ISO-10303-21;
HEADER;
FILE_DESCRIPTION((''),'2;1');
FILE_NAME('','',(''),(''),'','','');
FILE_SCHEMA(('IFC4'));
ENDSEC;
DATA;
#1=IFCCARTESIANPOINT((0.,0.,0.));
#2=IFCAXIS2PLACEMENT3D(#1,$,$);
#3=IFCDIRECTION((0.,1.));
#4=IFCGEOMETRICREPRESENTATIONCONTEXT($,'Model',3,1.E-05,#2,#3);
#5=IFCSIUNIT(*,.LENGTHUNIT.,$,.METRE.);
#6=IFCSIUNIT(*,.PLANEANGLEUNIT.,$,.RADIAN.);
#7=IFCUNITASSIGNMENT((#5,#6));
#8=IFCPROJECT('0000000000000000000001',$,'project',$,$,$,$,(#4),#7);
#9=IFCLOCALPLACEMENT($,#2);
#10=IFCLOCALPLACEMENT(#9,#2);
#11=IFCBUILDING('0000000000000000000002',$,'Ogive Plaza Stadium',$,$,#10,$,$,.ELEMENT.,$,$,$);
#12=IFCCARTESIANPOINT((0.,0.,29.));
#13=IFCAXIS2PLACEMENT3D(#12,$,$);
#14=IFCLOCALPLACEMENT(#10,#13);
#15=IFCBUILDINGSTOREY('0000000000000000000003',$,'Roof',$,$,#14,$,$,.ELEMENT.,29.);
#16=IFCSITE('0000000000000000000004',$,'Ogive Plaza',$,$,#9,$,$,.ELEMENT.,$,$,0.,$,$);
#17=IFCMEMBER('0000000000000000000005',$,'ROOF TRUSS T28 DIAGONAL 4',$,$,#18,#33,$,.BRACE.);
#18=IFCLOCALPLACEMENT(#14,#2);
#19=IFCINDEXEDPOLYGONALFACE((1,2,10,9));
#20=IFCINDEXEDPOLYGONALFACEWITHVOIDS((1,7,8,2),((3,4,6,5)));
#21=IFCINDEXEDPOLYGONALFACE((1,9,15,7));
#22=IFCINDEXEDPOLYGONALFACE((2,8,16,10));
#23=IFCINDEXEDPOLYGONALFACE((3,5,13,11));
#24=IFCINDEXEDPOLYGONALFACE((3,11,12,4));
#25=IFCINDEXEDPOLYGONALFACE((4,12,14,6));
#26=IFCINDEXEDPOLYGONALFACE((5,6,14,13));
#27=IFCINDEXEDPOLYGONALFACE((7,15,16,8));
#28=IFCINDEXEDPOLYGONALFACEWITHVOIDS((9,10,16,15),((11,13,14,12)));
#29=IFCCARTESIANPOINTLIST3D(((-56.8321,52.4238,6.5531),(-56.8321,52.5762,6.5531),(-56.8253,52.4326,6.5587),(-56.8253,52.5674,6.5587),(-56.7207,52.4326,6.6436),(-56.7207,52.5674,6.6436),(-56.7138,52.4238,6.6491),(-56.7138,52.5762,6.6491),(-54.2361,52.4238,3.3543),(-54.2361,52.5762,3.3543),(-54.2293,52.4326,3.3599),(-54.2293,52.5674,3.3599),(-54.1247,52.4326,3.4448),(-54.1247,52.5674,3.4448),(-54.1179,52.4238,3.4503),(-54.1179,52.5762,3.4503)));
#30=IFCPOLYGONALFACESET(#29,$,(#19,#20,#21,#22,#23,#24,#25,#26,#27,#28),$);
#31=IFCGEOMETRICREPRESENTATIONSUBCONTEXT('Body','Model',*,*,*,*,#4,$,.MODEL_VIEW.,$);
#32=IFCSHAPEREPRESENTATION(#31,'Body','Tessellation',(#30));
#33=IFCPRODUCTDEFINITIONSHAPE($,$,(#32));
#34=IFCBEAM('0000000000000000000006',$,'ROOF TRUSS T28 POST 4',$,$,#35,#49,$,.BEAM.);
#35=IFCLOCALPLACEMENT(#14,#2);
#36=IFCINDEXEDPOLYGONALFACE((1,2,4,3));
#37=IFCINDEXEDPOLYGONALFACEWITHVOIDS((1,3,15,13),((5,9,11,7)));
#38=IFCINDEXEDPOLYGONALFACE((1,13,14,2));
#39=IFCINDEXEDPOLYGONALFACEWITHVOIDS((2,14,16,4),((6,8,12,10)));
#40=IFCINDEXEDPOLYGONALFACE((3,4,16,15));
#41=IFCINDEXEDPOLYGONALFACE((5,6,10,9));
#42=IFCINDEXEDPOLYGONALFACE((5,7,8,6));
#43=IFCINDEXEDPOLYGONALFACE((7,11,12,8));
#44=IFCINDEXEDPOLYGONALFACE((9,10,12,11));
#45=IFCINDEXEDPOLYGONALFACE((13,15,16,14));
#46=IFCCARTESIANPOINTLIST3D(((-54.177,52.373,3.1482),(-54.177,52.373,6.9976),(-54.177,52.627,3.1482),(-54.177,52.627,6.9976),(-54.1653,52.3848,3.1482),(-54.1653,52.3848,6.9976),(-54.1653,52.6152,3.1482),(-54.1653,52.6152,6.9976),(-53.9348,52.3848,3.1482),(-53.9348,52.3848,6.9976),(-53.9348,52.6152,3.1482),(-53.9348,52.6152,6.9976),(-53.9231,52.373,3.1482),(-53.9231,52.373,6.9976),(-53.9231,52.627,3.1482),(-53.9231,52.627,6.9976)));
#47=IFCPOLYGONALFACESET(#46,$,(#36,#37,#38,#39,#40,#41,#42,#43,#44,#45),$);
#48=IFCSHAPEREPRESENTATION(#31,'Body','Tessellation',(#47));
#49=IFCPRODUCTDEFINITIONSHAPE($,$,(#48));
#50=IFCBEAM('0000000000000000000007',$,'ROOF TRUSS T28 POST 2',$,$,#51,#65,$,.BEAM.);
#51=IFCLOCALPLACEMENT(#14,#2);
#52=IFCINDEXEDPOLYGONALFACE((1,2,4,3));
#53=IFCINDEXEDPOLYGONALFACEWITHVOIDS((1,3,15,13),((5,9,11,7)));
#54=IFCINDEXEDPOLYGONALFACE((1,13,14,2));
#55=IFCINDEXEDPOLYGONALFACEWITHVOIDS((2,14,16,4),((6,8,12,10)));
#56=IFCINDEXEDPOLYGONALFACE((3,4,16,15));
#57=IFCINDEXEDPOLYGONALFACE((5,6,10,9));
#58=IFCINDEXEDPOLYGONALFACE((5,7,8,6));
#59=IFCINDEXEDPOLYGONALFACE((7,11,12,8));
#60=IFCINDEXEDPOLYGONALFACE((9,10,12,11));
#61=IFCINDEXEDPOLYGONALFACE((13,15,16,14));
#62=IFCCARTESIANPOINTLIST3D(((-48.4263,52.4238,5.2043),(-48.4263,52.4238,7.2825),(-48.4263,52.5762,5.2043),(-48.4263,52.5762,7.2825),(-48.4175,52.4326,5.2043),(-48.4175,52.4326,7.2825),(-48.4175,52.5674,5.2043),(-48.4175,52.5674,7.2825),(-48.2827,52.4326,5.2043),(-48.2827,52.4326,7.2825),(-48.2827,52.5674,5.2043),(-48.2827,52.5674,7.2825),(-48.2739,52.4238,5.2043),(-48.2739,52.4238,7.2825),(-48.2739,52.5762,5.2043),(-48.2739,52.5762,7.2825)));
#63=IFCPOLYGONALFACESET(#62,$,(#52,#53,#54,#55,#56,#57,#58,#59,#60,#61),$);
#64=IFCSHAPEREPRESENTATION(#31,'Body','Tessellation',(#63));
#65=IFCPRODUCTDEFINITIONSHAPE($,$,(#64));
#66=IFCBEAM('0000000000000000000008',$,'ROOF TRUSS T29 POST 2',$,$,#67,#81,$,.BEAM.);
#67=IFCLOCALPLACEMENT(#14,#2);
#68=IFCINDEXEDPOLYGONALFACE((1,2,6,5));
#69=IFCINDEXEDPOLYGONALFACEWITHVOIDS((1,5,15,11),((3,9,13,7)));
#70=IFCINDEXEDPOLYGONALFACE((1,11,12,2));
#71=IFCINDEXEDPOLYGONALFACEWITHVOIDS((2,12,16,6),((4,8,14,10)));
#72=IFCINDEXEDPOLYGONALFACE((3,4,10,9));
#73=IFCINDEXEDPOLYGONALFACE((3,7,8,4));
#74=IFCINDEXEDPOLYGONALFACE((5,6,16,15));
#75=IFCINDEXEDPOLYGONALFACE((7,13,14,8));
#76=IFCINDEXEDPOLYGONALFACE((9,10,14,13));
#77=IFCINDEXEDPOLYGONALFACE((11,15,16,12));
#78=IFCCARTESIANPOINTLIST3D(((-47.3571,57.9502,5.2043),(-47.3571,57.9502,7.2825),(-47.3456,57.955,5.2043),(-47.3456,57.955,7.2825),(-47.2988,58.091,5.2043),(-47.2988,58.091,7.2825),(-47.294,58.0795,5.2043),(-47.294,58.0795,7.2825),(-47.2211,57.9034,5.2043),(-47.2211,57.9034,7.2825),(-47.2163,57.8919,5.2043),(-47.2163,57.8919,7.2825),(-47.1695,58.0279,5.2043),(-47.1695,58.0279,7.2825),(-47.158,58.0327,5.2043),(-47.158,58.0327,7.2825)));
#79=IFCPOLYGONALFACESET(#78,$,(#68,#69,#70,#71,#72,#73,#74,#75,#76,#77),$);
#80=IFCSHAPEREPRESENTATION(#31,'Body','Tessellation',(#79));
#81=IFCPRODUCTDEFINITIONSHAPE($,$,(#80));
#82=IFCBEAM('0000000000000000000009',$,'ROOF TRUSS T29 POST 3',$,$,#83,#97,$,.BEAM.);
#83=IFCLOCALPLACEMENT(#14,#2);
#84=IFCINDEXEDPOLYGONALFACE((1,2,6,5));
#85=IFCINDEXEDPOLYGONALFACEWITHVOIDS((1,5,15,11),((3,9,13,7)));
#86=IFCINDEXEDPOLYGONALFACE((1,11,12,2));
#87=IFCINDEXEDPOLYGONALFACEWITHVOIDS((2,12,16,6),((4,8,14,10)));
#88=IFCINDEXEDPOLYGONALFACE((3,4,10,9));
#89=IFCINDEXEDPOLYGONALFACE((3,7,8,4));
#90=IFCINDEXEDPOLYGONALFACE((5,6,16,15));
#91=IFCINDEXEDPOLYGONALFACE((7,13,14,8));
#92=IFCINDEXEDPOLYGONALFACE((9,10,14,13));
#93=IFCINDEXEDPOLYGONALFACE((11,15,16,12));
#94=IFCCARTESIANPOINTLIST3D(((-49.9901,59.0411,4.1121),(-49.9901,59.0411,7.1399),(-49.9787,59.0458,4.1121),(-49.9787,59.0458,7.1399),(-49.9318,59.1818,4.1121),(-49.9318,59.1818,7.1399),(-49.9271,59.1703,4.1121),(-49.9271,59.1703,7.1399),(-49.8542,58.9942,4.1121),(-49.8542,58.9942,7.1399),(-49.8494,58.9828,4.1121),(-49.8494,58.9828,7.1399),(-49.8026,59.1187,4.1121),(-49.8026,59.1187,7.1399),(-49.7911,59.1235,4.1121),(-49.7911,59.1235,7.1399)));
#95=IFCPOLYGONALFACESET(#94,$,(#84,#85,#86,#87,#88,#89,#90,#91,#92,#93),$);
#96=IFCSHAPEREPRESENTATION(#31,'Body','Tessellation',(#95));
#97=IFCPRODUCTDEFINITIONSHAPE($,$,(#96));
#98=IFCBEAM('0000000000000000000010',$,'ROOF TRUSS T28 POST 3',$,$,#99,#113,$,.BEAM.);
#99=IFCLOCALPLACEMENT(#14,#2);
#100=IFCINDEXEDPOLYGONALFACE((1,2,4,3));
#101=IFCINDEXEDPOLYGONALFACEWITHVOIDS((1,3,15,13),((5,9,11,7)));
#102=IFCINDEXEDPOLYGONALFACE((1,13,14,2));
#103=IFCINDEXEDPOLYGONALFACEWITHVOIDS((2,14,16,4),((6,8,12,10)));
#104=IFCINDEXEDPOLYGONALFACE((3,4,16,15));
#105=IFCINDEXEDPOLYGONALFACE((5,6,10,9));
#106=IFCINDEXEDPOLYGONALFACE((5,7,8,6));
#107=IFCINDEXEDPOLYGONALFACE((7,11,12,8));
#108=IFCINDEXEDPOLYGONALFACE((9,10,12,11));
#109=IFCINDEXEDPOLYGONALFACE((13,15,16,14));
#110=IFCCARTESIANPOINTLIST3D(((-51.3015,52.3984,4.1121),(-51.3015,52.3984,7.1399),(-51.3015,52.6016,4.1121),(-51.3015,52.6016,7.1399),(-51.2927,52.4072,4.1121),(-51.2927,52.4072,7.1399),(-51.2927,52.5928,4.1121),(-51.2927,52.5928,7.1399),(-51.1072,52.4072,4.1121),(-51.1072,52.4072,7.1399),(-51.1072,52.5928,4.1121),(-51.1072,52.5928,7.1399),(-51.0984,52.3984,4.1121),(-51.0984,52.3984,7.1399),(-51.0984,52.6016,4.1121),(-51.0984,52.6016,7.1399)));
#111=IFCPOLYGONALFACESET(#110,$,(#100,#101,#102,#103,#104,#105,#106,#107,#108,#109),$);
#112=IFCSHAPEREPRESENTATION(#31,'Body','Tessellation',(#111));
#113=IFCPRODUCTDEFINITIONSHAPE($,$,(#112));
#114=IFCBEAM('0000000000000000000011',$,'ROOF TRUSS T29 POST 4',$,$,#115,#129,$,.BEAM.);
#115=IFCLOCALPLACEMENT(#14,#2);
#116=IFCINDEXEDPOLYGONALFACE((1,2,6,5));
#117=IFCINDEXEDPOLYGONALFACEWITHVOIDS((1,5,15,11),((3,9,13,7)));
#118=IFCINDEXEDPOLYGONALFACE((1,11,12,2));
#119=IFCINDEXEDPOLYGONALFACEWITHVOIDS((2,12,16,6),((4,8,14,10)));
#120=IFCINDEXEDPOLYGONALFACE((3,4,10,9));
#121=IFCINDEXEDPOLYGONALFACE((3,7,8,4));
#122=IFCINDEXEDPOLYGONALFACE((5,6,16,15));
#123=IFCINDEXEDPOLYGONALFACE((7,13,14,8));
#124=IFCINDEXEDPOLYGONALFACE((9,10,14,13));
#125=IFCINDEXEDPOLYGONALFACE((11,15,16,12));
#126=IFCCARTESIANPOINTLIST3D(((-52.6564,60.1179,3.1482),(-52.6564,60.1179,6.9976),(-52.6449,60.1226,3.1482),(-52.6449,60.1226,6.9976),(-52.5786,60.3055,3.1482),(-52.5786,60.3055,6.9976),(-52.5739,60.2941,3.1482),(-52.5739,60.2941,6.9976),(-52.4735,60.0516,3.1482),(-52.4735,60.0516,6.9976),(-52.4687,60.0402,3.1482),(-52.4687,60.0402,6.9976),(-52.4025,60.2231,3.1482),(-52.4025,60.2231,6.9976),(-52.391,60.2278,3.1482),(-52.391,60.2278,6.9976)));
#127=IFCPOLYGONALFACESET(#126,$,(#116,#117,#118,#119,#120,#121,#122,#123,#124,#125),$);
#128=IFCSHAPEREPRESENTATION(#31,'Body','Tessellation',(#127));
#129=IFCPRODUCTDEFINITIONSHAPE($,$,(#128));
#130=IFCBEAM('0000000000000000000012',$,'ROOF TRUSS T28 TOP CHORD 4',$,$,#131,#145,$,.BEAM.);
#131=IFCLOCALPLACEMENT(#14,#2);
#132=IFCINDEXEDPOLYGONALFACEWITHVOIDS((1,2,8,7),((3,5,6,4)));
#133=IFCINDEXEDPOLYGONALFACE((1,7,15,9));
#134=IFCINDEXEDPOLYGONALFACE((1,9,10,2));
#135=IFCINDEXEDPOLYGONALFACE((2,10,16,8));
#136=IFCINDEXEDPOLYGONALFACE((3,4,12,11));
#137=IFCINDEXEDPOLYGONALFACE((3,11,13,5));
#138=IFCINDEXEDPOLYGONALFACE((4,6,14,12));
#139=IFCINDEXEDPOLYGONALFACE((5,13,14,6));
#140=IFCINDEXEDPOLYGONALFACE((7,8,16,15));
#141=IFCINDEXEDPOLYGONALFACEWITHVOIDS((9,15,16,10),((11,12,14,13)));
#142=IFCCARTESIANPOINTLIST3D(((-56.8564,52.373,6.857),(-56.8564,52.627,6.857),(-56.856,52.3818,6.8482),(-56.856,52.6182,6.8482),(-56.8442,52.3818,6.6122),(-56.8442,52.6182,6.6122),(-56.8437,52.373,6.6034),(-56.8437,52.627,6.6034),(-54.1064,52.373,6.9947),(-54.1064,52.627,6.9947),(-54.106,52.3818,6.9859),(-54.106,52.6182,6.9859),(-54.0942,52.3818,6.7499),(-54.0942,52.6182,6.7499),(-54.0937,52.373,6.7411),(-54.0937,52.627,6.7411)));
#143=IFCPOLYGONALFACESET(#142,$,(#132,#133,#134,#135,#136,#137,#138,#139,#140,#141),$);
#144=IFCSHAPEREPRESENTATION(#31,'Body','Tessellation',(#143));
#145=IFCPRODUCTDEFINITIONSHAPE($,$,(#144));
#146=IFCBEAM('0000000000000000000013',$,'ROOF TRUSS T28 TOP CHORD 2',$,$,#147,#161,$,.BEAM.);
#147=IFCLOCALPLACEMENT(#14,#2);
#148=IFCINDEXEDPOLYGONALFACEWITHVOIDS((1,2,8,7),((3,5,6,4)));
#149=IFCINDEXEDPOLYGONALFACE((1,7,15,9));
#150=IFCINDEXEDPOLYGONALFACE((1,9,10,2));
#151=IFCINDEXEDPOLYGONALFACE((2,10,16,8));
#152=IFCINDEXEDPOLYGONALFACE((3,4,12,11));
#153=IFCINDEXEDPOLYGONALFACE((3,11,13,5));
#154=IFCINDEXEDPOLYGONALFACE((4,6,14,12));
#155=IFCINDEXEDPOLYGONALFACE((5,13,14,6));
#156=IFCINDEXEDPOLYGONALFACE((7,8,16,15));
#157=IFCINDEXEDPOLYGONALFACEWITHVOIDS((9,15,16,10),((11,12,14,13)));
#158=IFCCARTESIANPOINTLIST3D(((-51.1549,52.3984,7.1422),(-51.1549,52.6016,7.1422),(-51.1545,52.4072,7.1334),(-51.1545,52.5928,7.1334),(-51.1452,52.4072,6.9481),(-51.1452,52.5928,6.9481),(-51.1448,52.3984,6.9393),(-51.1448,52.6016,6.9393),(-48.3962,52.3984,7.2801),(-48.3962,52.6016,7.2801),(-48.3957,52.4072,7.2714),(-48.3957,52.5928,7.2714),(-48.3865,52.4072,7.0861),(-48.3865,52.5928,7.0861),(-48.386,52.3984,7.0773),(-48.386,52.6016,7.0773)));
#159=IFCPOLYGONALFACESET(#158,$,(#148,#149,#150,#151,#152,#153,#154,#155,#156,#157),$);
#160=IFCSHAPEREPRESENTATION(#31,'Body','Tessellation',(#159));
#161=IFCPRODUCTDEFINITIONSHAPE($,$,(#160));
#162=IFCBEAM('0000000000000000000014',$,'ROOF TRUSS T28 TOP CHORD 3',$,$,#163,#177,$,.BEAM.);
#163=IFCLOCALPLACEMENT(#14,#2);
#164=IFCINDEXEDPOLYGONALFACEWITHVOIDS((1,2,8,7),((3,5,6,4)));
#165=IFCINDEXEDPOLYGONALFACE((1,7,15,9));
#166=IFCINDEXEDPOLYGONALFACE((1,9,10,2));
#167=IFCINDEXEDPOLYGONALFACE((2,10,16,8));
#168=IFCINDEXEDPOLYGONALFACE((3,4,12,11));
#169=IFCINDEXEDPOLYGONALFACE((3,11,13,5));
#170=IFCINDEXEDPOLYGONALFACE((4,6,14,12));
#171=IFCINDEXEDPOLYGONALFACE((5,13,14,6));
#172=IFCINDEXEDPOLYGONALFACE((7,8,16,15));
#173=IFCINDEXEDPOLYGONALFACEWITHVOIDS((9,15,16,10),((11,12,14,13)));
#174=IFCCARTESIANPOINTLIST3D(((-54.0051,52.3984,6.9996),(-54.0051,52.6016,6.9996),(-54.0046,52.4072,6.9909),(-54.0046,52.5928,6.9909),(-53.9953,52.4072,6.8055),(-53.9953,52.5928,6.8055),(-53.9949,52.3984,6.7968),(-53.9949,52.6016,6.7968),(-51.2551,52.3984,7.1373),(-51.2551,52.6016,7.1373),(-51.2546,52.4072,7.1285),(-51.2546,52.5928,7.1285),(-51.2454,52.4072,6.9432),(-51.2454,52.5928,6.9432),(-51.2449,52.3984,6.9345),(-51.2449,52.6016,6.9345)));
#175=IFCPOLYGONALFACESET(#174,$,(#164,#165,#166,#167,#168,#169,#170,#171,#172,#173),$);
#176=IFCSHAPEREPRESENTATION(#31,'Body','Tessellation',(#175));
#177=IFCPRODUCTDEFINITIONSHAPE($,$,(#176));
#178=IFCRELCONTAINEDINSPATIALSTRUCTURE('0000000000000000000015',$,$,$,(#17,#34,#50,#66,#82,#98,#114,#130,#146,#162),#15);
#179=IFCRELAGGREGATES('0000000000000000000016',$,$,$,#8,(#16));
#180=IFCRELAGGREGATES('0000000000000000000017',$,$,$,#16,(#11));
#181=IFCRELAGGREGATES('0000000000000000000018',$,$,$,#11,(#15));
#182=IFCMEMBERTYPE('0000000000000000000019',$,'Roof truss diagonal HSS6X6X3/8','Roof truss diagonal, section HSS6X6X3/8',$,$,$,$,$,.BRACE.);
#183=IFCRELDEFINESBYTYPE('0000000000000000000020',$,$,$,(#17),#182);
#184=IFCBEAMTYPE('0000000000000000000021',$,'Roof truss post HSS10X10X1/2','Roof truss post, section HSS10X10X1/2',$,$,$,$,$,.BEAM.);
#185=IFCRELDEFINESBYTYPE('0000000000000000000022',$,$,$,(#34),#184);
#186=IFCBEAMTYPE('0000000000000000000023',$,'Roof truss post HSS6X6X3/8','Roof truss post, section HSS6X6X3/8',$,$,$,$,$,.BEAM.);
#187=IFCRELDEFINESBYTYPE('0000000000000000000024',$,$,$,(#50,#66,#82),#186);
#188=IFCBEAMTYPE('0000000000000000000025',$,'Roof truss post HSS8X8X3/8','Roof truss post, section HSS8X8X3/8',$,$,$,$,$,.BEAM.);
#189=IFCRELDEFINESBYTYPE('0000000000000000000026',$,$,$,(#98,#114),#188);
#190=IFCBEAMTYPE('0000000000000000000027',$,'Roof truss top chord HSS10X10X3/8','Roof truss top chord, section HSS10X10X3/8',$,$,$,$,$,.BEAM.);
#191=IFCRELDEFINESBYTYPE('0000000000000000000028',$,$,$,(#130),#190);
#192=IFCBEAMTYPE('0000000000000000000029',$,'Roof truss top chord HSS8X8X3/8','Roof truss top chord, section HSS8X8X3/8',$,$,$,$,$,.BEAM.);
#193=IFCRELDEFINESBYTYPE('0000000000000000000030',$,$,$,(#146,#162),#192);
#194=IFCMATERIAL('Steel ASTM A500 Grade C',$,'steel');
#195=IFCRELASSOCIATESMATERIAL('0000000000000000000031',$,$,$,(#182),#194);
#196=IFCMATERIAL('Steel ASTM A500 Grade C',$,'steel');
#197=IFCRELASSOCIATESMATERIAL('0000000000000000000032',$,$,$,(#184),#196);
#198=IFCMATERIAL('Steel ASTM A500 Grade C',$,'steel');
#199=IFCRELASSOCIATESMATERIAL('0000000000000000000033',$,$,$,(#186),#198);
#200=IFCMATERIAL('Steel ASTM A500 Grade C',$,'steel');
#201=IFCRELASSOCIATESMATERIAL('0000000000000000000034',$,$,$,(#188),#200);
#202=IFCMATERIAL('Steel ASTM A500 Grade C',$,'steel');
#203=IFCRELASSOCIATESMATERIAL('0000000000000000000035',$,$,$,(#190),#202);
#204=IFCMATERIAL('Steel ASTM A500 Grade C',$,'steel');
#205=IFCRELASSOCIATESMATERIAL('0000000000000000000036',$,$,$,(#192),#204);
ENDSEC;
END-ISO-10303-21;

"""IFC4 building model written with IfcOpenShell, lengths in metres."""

from ifc_helpers import new_model, si_unit, direction, frame, origin, origin_2d, place, context, subcontext, project, spatial, hollow_rectangle, extrude, material, material_profile, profile_set, type_object, element, save


model = new_model("IFC4")

# Units and contexts
model_context = context("Model", 3, precision=1e-05, world=origin(), true_north=direction((0.0, 1.0)))
body_context = subcontext(model_context, "Body", "Model", "MODEL_VIEW")
ifc_project = project(units=[si_unit("LENGTHUNIT", "METRE"), si_unit("PLANEANGLEUNIT", "RADIAN")], contexts=[model_context])

# Site, building, storey
site_placement = place(None, origin())
site = spatial("IfcSite", under=ifc_project, at=site_placement, Name="Ogive Plaza", CompositionType="ELEMENT", RefElevation=0.0)
building_placement = place(site_placement, origin())
building = spatial("IfcBuilding", under=site, at=building_placement, Name="Ogive Plaza Stadium", CompositionType="ELEMENT")
storey_placement = place(building_placement, frame((0.0, 0.0, 29.0)))
storey = spatial("IfcBuildingStorey", under=building, at=storey_placement, Name="Roof", CompositionType="ELEMENT", Elevation=29.0)

# Member
ifc_material_1 = material(Name="Steel ASTM A500 Grade C", Category="steel")
ifc_material_profile_1 = material_profile(ifc_material_1, hollow_rectangle(XDim=0.1523, YDim=0.1523, WallThickness=0.0088, at=origin_2d()), Name="HSS6X6X3/8")
ifc_profile_set_1 = profile_set([ifc_material_profile_1], Name="Steel ASTM A500 Grade C")
member_type_1 = type_object("IfcMemberType", Name="Roof truss diagonal HSS6X6X3/8", Description="Roof truss diagonal, section HSS6X6X3/8", PredefinedType="BRACE", material=ifc_profile_set_1)
member_1_placement = place(storey_placement, frame((-54.177, 52.5, 3.4023), z_axis=(-0.630151, 0.0, 0.776473), x_axis=(0.0, -1.0, 0.0)))
element("IfcMember", 1, at=member_1_placement, inside=storey, type_object=member_type_1, Name="ROOF TRUSS T28 DIAGONAL 4", PredefinedType="BRACE", context=body_context, shape_type="SweptSolid", body=[
    extrude(hollow_rectangle(XDim=0.1523, YDim=0.1523, WallThickness=0.0088, at=origin_2d()), origin(), (0.0, 0.0, 1.0), 4.1196),
])

# Beams
ifc_material_2 = material(Name="Steel ASTM A500 Grade C", Category="steel")
ifc_material_profile_2 = material_profile(ifc_material_2, hollow_rectangle(XDim=0.2539, YDim=0.2539, WallThickness=0.0117, at=origin_2d()), Name="HSS10X10X1/2")
ifc_profile_set_2 = profile_set([ifc_material_profile_2], Name="Steel ASTM A500 Grade C")
beam_type_1 = type_object("IfcBeamType", Name="Roof truss post HSS10X10X1/2", Description="Roof truss post, section HSS10X10X1/2", PredefinedType="BEAM", material=ifc_profile_set_2)
beam_1_placement = place(storey_placement, frame((-54.05, 52.5, 3.1482), z_axis=(0.0, 0.0, 1.0), x_axis=(0.0, -1.0, 0.0)))
element("IfcBeam", 2, at=beam_1_placement, inside=storey, type_object=beam_type_1, Name="ROOF TRUSS T28 POST 4", PredefinedType="BEAM", context=body_context, shape_type="SweptSolid", body=[
    extrude(hollow_rectangle(XDim=0.2539, YDim=0.2539, WallThickness=0.0117, at=origin_2d()), origin(), (0.0, 0.0, 1.0), 3.8494),
])
ifc_material_3 = material(Name="Steel ASTM A500 Grade C", Category="steel")
ifc_material_profile_3 = material_profile(ifc_material_3, hollow_rectangle(XDim=0.1523, YDim=0.1523, WallThickness=0.0088, at=origin_2d()), Name="HSS6X6X3/8")
ifc_profile_set_3 = profile_set([ifc_material_profile_3], Name="Steel ASTM A500 Grade C")
beam_type_2 = type_object("IfcBeamType", Name="Roof truss post HSS6X6X3/8", Description="Roof truss post, section HSS6X6X3/8", PredefinedType="BEAM", material=ifc_profile_set_3)
for number, where, z_axis, x_axis, name in (
    (3, (-48.3501, 52.5, 5.2043), (0.0, 0.0, 1.0), (0.0, -1.0, 0.0), "ROOF TRUSS T28 POST 2"),
    (4, (-47.2576, 57.9915, 5.2043), (0.0, 0.0, 1.0), (-0.382683, -0.92388, 0.0), "ROOF TRUSS T29 POST 2"),
):
    element("IfcBeam", number, at=place(storey_placement, frame(where, z_axis=z_axis, x_axis=x_axis)), inside=storey, type_object=beam_type_2, Name=name, PredefinedType="BEAM", context=body_context, shape_type="SweptSolid", body=[
        extrude(hollow_rectangle(XDim=0.1523, YDim=0.1523, WallThickness=0.0088, at=origin_2d()), origin(), (0.0, 0.0, 1.0), 2.0781),
    ])
beam_2_placement = place(storey_placement, frame((-49.8906, 59.0823, 4.1121), z_axis=(0.0, 0.0, 1.0), x_axis=(-0.382683, -0.92388, 0.0)))
element("IfcBeam", 5, at=beam_2_placement, inside=storey, type_object=beam_type_2, Name="ROOF TRUSS T29 POST 3", PredefinedType="BEAM", context=body_context, shape_type="SweptSolid", body=[
    extrude(hollow_rectangle(XDim=0.1523, YDim=0.1523, WallThickness=0.0088, at=origin_2d()), origin(), (0.0, 0.0, 1.0), 3.0278),
])
ifc_material_4 = material(Name="Steel ASTM A500 Grade C", Category="steel")
ifc_material_profile_4 = material_profile(ifc_material_4, hollow_rectangle(XDim=0.2031, YDim=0.2031, WallThickness=0.0088, at=origin_2d()), Name="HSS8X8X3/8")
ifc_profile_set_4 = profile_set([ifc_material_profile_4], Name="Steel ASTM A500 Grade C")
beam_type_3 = type_object("IfcBeamType", Name="Roof truss post HSS8X8X3/8", Description="Roof truss post, section HSS8X8X3/8", PredefinedType="BEAM", material=ifc_profile_set_4)
beam_3_placement = place(storey_placement, frame((-51.2, 52.5, 4.1121), z_axis=(0.0, 0.0, 1.0), x_axis=(0.0, -1.0, 0.0)))
element("IfcBeam", 6, at=beam_3_placement, inside=storey, type_object=beam_type_3, Name="ROOF TRUSS T28 POST 3", PredefinedType="BEAM", context=body_context, shape_type="SweptSolid", body=[
    extrude(hollow_rectangle(XDim=0.2031, YDim=0.2031, WallThickness=0.0088, at=origin_2d()), origin(), (0.0, 0.0, 1.0), 3.0278),
])
beam_4_placement = place(storey_placement, frame((-52.5237, 60.1729, 3.1482), z_axis=(0.0, 0.0, 1.0), x_axis=(-0.382683, -0.92388, 0.0)))
element("IfcBeam", 7, at=beam_4_placement, inside=storey, type_object=beam_type_3, Name="ROOF TRUSS T29 POST 4", PredefinedType="BEAM", context=body_context, shape_type="SweptSolid", body=[
    extrude(hollow_rectangle(XDim=0.2031, YDim=0.2031, WallThickness=0.0088, at=origin_2d()), origin(), (0.0, 0.0, 1.0), 3.8494),
])
ifc_material_5 = material(Name="Steel ASTM A500 Grade C", Category="steel")
ifc_material_profile_5 = material_profile(ifc_material_5, hollow_rectangle(XDim=0.2539, YDim=0.2539, WallThickness=0.0088, at=origin_2d()), Name="HSS10X10X3/8")
ifc_profile_set_5 = profile_set([ifc_material_profile_5], Name="Steel ASTM A500 Grade C")
beam_type_4 = type_object("IfcBeamType", Name="Roof truss top chord HSS10X10X3/8", Description="Roof truss top chord, section HSS10X10X3/8", PredefinedType="BEAM", material=ifc_profile_set_5)
beam_5_placement = place(storey_placement, frame((-54.1001, 52.5, 6.8679), z_axis=(-0.998749, 0.0, -0.050008), x_axis=(0.0, -1.0, 0.0)))
element("IfcBeam", 8, at=beam_5_placement, inside=storey, type_object=beam_type_4, Name="ROOF TRUSS T28 TOP CHORD 4", PredefinedType="BEAM", context=body_context, shape_type="SweptSolid", body=[
    extrude(hollow_rectangle(XDim=0.2539, YDim=0.2539, WallThickness=0.0088, at=origin_2d()), origin(), (0.0, 0.0, 1.0), 2.7534),
])
ifc_material_6 = material(Name="Steel ASTM A500 Grade C", Category="steel")
ifc_material_profile_6 = material_profile(ifc_material_6, hollow_rectangle(XDim=0.2031, YDim=0.2031, WallThickness=0.0088, at=origin_2d()), Name="HSS8X8X3/8")
ifc_profile_set_6 = profile_set([ifc_material_profile_6], Name="Steel ASTM A500 Grade C")
beam_type_5 = type_object("IfcBeamType", Name="Roof truss top chord HSS8X8X3/8", Description="Roof truss top chord, section HSS8X8X3/8", PredefinedType="BEAM", material=ifc_profile_set_6)
beam_6_placement = place(storey_placement, frame((-48.3911, 52.5, 7.1787), z_axis=(-0.998752, 0.0, -0.049938), x_axis=(0.0, -1.0, 0.0)))
element("IfcBeam", 9, at=beam_6_placement, inside=storey, type_object=beam_type_5, Name="ROOF TRUSS T28 TOP CHORD 2", PredefinedType="BEAM", context=body_context, shape_type="SweptSolid", body=[
    extrude(hollow_rectangle(XDim=0.2031, YDim=0.2031, WallThickness=0.0088, at=origin_2d()), origin(), (0.0, 0.0, 1.0), 2.7622),
])
beam_7_placement = place(storey_placement, frame((-51.25, 52.5, 7.0359), z_axis=(-0.998749, 0.0, -0.050008), x_axis=(0.0, -1.0, 0.0)))
element("IfcBeam", 10, at=beam_7_placement, inside=storey, type_object=beam_type_5, Name="ROOF TRUSS T28 TOP CHORD 3", PredefinedType="BEAM", context=body_context, shape_type="SweptSolid", body=[
    extrude(hollow_rectangle(XDim=0.2031, YDim=0.2031, WallThickness=0.0088, at=origin_2d()), origin(), (0.0, 0.0, 1.0), 2.7534),
])

save(model, "model.ifc")
